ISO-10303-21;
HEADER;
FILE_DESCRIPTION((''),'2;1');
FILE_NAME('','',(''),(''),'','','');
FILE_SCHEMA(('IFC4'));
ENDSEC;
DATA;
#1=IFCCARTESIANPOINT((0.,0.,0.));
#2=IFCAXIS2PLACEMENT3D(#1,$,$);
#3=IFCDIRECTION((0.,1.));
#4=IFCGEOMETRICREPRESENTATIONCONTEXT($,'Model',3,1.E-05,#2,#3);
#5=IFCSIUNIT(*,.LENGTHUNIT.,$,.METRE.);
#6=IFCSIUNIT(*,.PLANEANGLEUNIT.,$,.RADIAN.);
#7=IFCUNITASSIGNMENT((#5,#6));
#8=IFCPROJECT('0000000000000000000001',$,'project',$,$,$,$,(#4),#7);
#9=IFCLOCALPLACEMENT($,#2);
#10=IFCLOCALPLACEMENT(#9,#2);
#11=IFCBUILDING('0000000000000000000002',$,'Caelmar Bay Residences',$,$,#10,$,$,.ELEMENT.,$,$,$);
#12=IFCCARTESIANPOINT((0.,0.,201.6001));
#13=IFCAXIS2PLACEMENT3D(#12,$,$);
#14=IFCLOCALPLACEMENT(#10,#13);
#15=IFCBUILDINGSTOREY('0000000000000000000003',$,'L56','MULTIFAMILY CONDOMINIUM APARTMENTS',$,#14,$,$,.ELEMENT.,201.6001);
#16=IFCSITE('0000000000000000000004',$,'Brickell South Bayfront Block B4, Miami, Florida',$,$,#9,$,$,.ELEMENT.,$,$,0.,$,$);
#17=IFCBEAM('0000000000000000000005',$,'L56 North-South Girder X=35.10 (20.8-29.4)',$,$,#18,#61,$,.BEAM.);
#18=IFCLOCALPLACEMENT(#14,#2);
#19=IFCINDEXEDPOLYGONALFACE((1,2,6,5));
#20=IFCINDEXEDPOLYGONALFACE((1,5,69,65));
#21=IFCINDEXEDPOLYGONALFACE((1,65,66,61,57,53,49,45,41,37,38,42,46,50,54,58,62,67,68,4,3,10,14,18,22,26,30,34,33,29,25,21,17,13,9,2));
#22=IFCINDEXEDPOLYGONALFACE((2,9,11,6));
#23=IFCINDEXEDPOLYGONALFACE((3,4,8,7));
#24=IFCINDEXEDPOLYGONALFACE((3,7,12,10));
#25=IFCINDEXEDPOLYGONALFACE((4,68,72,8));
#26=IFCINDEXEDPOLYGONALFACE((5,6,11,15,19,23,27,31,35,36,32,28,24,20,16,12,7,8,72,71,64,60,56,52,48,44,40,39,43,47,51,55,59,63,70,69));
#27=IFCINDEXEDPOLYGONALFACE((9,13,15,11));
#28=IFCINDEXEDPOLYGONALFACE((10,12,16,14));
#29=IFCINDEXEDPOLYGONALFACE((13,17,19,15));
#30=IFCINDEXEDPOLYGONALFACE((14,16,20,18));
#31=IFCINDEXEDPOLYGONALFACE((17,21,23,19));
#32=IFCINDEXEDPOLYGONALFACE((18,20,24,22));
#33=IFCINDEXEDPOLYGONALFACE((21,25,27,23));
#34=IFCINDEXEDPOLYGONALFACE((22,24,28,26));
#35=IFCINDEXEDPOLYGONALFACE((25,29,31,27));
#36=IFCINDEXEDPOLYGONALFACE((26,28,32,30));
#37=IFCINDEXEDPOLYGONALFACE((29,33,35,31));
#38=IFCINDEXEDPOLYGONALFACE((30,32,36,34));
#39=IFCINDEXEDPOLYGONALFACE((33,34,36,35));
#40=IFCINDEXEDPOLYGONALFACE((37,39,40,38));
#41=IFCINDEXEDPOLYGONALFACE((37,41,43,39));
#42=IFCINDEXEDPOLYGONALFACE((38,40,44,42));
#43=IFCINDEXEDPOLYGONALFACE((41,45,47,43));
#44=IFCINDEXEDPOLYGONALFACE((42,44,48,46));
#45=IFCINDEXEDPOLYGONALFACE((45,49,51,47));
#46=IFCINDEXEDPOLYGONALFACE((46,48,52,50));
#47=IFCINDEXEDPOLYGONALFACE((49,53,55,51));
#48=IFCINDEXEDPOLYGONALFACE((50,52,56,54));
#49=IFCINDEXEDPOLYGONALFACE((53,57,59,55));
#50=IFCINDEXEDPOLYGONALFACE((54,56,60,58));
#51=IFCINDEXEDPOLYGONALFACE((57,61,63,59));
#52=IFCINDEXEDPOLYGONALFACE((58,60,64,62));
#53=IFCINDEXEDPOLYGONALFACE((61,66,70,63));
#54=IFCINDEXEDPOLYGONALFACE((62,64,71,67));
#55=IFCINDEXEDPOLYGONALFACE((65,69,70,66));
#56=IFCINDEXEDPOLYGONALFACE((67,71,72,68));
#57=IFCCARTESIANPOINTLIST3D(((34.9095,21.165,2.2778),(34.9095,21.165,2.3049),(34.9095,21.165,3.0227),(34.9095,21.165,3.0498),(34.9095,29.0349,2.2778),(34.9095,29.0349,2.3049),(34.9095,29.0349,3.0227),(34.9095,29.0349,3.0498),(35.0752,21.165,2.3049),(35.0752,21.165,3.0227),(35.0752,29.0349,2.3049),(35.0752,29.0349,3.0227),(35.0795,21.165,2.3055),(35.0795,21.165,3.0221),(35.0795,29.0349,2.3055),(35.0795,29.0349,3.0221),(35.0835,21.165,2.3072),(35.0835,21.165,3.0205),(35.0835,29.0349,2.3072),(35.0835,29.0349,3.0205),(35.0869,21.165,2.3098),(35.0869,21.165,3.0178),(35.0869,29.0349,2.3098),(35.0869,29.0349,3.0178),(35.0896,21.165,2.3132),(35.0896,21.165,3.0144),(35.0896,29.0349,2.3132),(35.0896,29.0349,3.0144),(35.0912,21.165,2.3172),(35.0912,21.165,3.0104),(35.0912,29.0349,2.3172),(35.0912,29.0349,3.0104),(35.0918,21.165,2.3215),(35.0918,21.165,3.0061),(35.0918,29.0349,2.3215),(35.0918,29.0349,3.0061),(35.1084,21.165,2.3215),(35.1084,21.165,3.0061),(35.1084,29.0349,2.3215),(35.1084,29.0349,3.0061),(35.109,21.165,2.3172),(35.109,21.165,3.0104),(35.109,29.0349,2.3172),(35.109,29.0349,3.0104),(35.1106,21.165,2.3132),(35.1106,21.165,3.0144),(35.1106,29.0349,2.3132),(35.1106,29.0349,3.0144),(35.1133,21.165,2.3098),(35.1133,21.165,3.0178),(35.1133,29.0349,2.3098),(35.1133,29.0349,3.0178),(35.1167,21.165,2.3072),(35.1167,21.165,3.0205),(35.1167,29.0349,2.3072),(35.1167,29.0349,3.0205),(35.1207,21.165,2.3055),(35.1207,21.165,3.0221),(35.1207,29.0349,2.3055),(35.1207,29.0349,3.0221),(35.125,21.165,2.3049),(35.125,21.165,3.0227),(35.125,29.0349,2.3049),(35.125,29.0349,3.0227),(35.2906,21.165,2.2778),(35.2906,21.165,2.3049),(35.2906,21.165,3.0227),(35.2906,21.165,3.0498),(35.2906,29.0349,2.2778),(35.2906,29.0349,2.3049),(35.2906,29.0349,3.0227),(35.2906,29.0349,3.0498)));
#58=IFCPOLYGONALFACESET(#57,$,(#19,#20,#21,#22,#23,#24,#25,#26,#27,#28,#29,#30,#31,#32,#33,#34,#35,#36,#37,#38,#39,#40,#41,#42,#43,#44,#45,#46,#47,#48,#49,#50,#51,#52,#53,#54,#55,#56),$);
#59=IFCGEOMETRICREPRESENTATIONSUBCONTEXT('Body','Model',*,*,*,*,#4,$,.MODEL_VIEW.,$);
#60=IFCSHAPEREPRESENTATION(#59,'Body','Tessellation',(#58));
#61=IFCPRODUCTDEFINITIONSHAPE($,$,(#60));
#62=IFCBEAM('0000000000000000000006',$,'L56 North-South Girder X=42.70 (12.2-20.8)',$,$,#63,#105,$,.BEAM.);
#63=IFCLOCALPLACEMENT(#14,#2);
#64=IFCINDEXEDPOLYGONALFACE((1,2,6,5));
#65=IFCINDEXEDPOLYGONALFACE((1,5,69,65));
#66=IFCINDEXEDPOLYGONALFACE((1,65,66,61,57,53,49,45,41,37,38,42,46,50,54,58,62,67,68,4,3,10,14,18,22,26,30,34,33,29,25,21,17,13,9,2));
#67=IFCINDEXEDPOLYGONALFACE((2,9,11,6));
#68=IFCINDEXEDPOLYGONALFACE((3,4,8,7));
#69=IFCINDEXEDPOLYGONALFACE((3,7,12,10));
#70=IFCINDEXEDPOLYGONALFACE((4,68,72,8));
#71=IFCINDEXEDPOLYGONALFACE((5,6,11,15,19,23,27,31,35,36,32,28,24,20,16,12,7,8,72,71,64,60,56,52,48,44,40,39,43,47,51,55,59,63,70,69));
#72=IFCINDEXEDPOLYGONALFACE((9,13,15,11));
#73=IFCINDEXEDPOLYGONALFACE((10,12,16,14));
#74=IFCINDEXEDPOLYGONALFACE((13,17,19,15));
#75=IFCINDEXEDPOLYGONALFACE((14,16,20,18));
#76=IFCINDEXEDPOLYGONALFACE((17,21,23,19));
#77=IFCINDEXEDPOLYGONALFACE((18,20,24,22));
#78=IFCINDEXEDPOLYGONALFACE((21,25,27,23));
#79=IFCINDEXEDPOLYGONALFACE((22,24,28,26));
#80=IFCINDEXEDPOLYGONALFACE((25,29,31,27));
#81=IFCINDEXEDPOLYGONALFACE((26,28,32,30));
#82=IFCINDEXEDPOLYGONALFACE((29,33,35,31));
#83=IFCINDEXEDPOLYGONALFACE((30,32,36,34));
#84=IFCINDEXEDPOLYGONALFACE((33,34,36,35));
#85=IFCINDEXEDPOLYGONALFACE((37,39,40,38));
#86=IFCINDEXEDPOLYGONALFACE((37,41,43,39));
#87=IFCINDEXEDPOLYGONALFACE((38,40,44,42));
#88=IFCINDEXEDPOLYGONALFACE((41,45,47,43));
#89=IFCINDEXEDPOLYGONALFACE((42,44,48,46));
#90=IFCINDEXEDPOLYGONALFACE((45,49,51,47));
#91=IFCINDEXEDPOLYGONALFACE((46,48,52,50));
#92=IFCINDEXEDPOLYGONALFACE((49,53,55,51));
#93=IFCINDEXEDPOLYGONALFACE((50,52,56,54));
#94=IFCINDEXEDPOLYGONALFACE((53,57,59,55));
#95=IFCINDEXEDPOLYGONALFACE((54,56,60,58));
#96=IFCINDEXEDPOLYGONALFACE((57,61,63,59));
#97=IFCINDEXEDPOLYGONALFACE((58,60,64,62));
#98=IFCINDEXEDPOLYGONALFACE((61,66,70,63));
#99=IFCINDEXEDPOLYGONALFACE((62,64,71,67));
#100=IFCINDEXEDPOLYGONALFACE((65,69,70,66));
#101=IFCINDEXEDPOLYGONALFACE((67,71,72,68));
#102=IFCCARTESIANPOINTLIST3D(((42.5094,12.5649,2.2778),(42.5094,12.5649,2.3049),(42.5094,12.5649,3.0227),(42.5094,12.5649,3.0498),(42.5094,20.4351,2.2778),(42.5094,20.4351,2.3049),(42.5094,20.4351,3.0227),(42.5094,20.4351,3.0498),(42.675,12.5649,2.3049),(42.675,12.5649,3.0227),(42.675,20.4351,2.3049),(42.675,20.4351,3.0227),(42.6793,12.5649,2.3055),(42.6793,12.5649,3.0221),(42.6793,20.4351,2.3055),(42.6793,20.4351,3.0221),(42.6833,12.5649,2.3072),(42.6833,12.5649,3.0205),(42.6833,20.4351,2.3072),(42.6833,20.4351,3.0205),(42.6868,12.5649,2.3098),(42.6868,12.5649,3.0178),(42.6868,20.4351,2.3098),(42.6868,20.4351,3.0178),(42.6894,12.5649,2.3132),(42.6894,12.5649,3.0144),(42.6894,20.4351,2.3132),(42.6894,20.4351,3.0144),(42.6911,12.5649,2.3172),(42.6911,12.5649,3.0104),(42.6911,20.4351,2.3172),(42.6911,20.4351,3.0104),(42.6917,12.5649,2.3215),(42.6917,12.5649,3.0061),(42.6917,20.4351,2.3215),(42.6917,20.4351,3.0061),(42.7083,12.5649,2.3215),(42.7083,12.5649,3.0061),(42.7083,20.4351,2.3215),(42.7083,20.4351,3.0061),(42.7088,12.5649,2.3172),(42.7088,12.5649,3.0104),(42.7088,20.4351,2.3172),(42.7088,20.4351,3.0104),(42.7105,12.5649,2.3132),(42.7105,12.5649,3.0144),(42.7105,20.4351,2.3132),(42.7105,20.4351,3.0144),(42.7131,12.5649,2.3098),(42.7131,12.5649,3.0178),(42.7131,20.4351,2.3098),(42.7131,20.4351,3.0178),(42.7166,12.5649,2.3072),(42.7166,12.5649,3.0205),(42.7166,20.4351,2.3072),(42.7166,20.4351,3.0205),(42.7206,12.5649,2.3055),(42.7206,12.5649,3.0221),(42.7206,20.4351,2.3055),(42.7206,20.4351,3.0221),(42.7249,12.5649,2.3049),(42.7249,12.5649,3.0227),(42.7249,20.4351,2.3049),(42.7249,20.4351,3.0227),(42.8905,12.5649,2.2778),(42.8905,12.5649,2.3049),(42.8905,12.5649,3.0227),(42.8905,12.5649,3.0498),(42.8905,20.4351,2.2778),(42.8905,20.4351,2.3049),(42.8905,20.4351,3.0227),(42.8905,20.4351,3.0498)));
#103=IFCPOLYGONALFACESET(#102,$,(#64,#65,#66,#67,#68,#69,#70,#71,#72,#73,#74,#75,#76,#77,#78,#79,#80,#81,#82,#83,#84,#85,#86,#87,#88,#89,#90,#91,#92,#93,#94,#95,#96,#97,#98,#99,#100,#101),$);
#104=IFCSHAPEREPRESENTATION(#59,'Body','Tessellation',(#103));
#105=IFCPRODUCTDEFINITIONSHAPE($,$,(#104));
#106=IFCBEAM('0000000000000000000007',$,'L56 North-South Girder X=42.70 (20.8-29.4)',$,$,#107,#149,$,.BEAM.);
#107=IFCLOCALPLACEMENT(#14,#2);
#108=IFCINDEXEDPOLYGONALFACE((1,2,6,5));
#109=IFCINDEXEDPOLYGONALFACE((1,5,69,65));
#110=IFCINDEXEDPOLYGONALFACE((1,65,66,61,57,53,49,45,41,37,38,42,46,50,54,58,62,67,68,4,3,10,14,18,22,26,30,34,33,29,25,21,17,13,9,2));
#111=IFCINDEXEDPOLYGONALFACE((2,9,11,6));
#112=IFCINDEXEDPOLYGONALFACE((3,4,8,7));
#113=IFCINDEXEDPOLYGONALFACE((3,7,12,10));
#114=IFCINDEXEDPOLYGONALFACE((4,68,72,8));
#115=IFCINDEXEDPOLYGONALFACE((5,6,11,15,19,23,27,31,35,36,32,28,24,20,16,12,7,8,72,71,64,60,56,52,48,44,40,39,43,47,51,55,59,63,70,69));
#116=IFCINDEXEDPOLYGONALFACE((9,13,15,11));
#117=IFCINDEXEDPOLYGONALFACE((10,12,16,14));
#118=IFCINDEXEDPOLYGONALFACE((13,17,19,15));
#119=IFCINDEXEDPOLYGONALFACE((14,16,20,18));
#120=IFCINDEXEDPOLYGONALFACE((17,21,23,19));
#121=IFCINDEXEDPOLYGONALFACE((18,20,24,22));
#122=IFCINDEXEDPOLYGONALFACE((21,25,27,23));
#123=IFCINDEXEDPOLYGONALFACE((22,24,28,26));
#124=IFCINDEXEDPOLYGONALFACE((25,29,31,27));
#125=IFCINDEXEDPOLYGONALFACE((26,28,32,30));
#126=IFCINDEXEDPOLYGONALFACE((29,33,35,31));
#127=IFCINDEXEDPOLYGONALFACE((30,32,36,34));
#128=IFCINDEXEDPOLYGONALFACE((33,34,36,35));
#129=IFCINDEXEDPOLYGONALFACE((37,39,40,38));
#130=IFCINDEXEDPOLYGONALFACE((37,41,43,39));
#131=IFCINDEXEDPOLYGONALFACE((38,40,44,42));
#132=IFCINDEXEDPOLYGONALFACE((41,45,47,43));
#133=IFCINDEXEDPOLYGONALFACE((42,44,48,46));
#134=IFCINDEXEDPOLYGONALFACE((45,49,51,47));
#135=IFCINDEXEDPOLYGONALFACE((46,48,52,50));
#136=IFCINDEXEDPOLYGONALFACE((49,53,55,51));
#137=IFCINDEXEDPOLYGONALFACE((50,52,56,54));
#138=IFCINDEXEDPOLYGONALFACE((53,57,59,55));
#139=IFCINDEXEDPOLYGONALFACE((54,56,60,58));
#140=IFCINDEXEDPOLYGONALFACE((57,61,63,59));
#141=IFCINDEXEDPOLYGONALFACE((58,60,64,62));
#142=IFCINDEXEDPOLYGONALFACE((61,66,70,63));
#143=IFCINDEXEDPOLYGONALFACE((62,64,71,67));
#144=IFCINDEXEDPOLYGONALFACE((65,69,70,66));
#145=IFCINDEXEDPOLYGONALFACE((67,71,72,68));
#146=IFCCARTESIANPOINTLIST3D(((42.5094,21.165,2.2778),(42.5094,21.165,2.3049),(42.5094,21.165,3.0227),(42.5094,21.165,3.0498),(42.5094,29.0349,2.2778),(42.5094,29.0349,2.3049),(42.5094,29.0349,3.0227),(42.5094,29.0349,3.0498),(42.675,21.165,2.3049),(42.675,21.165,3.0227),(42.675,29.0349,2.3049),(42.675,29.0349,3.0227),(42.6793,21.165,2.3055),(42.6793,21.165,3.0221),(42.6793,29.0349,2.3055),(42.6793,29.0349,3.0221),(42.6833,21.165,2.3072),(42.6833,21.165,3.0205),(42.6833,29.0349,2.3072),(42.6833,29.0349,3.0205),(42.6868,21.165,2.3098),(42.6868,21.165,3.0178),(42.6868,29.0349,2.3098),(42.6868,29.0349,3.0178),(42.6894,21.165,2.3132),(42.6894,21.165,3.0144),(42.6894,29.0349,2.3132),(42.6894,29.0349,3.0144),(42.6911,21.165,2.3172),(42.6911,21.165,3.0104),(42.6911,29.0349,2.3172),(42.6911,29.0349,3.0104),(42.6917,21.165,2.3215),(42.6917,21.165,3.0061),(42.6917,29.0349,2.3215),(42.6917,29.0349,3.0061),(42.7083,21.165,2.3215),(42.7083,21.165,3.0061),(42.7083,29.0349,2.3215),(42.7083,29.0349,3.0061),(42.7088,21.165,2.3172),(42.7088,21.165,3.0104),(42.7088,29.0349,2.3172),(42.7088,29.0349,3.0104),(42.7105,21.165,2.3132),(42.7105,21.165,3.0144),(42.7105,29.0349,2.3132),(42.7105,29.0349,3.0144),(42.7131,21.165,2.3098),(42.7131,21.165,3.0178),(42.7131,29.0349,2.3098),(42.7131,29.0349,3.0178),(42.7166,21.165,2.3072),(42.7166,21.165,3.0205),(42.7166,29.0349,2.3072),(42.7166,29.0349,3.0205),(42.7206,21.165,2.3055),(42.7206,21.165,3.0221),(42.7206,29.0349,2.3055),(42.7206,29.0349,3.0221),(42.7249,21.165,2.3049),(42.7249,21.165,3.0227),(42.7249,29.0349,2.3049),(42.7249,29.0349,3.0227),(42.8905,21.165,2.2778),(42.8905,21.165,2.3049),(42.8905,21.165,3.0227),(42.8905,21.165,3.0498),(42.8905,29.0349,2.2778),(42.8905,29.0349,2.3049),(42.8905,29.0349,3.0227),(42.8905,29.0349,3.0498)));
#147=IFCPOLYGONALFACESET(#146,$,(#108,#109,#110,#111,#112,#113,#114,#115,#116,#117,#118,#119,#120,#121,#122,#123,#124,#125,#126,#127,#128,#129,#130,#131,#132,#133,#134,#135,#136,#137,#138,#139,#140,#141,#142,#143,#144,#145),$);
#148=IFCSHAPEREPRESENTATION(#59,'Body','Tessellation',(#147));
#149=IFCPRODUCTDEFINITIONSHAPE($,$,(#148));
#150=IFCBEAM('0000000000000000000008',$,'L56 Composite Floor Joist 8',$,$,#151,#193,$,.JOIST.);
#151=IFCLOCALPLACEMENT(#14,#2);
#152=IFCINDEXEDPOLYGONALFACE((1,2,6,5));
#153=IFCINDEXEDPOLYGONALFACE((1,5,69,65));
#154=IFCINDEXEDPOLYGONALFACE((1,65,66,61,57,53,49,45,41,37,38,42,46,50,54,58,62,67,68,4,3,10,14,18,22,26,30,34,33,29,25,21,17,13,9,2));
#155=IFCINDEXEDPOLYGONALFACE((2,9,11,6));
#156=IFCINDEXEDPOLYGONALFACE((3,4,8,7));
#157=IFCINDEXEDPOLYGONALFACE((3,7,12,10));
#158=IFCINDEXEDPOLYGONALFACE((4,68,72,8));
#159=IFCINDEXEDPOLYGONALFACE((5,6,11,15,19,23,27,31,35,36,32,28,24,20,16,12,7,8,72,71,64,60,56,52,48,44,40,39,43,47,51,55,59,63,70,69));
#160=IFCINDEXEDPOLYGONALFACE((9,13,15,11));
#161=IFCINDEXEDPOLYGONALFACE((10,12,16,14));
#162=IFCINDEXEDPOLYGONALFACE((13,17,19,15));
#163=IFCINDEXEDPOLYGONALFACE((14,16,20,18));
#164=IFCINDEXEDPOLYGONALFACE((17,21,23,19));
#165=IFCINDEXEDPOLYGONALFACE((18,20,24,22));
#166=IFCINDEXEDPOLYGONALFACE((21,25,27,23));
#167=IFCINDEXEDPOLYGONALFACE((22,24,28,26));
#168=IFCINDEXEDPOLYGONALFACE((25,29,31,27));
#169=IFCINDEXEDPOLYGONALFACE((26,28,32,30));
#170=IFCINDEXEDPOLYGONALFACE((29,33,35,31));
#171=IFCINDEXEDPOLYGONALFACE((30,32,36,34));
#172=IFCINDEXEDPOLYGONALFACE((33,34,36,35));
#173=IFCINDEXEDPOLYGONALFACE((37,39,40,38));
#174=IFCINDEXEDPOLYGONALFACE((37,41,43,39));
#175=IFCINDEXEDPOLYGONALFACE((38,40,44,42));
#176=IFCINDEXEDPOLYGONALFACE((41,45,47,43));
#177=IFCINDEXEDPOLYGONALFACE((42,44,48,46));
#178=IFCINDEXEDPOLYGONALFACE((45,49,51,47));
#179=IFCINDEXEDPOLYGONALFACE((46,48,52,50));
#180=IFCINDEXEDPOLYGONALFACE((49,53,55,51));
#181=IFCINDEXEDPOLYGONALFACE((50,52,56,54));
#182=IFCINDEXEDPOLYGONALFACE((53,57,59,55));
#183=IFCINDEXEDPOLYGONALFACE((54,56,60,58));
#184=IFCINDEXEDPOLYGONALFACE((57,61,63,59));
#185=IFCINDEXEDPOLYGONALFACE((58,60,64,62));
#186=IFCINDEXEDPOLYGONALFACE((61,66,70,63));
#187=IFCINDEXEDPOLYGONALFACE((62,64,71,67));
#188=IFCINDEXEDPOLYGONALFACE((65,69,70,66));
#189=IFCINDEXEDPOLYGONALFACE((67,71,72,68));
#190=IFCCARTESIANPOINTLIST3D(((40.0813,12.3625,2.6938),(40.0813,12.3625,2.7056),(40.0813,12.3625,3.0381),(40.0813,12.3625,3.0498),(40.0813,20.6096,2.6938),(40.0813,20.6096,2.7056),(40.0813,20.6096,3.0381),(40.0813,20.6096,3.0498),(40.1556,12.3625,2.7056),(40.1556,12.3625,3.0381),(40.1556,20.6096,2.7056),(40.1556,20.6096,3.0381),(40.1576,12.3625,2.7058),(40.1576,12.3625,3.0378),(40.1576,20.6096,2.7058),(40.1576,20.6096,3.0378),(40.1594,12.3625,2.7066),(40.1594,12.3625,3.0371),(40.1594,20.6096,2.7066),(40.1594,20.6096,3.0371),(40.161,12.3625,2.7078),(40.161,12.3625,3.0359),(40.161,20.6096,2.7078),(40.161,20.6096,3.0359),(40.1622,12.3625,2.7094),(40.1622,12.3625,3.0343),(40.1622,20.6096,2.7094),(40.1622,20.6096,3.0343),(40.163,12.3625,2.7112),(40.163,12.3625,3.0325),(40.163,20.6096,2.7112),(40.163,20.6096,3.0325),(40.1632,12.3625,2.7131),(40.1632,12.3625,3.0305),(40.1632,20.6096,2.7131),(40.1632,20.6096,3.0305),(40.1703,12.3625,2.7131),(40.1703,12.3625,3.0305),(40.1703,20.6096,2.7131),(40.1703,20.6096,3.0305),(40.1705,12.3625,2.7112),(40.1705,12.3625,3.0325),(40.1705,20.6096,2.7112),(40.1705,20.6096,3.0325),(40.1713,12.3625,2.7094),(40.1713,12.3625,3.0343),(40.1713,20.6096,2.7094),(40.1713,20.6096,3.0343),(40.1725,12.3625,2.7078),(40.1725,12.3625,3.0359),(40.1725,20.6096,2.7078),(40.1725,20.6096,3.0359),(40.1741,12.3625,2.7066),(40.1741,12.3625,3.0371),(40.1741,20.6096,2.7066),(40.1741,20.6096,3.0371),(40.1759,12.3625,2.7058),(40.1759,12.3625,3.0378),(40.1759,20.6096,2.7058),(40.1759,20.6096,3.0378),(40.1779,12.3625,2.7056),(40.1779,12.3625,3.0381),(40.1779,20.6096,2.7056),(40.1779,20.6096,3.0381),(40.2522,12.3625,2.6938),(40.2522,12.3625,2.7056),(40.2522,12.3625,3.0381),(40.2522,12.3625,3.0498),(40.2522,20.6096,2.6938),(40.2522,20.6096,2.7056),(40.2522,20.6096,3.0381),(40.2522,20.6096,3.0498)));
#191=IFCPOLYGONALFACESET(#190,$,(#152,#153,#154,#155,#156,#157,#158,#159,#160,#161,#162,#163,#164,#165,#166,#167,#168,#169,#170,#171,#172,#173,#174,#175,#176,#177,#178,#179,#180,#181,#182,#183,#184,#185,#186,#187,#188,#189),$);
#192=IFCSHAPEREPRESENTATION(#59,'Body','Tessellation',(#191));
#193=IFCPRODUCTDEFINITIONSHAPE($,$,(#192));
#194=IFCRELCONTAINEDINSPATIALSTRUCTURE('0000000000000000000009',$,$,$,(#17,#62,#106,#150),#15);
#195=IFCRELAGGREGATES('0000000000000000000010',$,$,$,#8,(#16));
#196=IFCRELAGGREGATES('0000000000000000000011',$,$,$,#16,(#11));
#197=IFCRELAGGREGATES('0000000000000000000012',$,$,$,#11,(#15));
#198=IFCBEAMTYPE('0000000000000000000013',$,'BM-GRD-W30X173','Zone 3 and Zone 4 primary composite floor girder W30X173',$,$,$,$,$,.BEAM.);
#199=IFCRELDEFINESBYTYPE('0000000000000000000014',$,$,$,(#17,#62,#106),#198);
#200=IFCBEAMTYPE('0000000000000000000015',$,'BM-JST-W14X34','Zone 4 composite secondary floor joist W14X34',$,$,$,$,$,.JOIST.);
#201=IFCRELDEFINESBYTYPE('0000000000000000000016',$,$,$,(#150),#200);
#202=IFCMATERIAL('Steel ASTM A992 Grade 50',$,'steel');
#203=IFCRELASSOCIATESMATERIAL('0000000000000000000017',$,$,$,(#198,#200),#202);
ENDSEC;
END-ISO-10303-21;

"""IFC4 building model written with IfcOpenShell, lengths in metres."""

from ifc_helpers import new_model, si_unit, direction, frame, origin, origin_2d, place, context, subcontext, project, spatial, i_section, extrude, material, material_profile, profile_set, type_object, element, save


model = new_model("IFC4")

# Units and contexts
model_context = context("Model", 3, precision=1e-05, world=origin(), true_north=direction((0.0, 1.0)))
body_context = subcontext(model_context, "Body", "Model", "MODEL_VIEW")
ifc_project = project(units=[si_unit("LENGTHUNIT", "METRE"), si_unit("PLANEANGLEUNIT", "RADIAN")], contexts=[model_context])

# Site, building, storey
site_placement = place(None, origin())
site = spatial("IfcSite", under=ifc_project, at=site_placement, Name="Brickell South Bayfront Block B4, Miami, Florida", CompositionType="ELEMENT", RefElevation=0.0)
building_placement = place(site_placement, origin())
building = spatial("IfcBuilding", under=site, at=building_placement, Name="Caelmar Bay Residences", CompositionType="ELEMENT")
storey_placement = place(building_placement, frame((0.0, 0.0, 201.6001)))
storey = spatial("IfcBuildingStorey", under=building, at=storey_placement, Name="L56", Description="MULTIFAMILY CONDOMINIUM APARTMENTS", CompositionType="ELEMENT", Elevation=201.6001)

# Beams
ifc_material_1 = material(Name="Steel ASTM A992 Grade 50", Category="steel")
ifc_material_profile_1 = material_profile(ifc_material_1, i_section(OverallWidth=0.3811, OverallDepth=0.772, WebThickness=0.0166, FlangeThickness=0.0271, FilletRadius=0.0166, at=origin_2d()), Name="W30X173")
ifc_profile_set_1 = profile_set([ifc_material_profile_1], Name="Steel ASTM A992 Grade 50")
beam_type_1 = type_object("IfcBeamType", Name="BM-GRD-W30X173", Description="Zone 3 and Zone 4 primary composite floor girder W30X173", PredefinedType="BEAM", material=ifc_profile_set_1)
beam_1_placement = place(storey_placement, frame((35.1001, 21.165, 2.6638), z_axis=(0.0, 1.0, 0.0), x_axis=(-1.0, 0.0, 0.0)))
element("IfcBeam", 1, at=beam_1_placement, inside=storey, type_object=beam_type_1, Name="L56 North-South Girder X=35.10 (20.8-29.4)", PredefinedType="BEAM", context=body_context, shape_type="SweptSolid", body=[
    extrude(i_section(OverallWidth=0.3811, OverallDepth=0.772, WebThickness=0.0166, FlangeThickness=0.0271, FilletRadius=0.0166, at=origin_2d()), origin(), (0.0, 0.0, 1.0), 7.8699),
])
beam_2_placement = place(storey_placement, frame((42.7, 12.5649, 2.6638), z_axis=(0.0, 1.0, 0.0), x_axis=(-1.0, 0.0, 0.0)))
element("IfcBeam", 2, at=beam_2_placement, inside=storey, type_object=beam_type_1, Name="L56 North-South Girder X=42.70 (12.2-20.8)", PredefinedType="BEAM", context=body_context, shape_type="SweptSolid", body=[
    extrude(i_section(OverallWidth=0.3811, OverallDepth=0.772, WebThickness=0.0166, FlangeThickness=0.0271, FilletRadius=0.0166, at=origin_2d()), origin(), (0.0, 0.0, 1.0), 7.8701),
])
beam_3_placement = place(storey_placement, frame((42.7, 21.165, 2.6638), z_axis=(0.0, 1.0, 0.0), x_axis=(-1.0, 0.0, 0.0)))
element("IfcBeam", 3, at=beam_3_placement, inside=storey, type_object=beam_type_1, Name="L56 North-South Girder X=42.70 (20.8-29.4)", PredefinedType="BEAM", context=body_context, shape_type="SweptSolid", body=[
    extrude(i_section(OverallWidth=0.3811, OverallDepth=0.772, WebThickness=0.0166, FlangeThickness=0.0271, FilletRadius=0.0166, at=origin_2d()), origin(), (0.0, 0.0, 1.0), 7.8699),
])
ifc_material_profile_2 = material_profile(ifc_material_1, i_section(OverallWidth=0.1709, OverallDepth=0.356, WebThickness=0.0071, FlangeThickness=0.0117, FilletRadius=0.0076, at=origin_2d()), Name="W14X34")
ifc_profile_set_2 = profile_set([ifc_material_profile_2], Name="Steel ASTM A992 Grade 50")
beam_type_2 = type_object("IfcBeamType", Name="BM-JST-W14X34", Description="Zone 4 composite secondary floor joist W14X34", PredefinedType="JOIST", material=ifc_profile_set_2)
for number, where, z_axis, x_axis, name in (
    (4, (40.1667, 12.3625, 2.8718), (0.0, 1.0, 0.0), (-1.0, 0.0, 0.0), "L56 Composite Floor Joist 8"),
):
    element("IfcBeam", number, at=place(storey_placement, frame(where, z_axis=z_axis, x_axis=x_axis)), inside=storey, type_object=beam_type_2, Name=name, PredefinedType="JOIST", context=body_context, shape_type="SweptSolid", body=[
        extrude(i_section(OverallWidth=0.1709, OverallDepth=0.356, WebThickness=0.0071, FlangeThickness=0.0117, FilletRadius=0.0076, at=origin_2d()), origin(), (0.0, 0.0, 1.0), 8.2471),
    ])

save(model, "model.ifc")
